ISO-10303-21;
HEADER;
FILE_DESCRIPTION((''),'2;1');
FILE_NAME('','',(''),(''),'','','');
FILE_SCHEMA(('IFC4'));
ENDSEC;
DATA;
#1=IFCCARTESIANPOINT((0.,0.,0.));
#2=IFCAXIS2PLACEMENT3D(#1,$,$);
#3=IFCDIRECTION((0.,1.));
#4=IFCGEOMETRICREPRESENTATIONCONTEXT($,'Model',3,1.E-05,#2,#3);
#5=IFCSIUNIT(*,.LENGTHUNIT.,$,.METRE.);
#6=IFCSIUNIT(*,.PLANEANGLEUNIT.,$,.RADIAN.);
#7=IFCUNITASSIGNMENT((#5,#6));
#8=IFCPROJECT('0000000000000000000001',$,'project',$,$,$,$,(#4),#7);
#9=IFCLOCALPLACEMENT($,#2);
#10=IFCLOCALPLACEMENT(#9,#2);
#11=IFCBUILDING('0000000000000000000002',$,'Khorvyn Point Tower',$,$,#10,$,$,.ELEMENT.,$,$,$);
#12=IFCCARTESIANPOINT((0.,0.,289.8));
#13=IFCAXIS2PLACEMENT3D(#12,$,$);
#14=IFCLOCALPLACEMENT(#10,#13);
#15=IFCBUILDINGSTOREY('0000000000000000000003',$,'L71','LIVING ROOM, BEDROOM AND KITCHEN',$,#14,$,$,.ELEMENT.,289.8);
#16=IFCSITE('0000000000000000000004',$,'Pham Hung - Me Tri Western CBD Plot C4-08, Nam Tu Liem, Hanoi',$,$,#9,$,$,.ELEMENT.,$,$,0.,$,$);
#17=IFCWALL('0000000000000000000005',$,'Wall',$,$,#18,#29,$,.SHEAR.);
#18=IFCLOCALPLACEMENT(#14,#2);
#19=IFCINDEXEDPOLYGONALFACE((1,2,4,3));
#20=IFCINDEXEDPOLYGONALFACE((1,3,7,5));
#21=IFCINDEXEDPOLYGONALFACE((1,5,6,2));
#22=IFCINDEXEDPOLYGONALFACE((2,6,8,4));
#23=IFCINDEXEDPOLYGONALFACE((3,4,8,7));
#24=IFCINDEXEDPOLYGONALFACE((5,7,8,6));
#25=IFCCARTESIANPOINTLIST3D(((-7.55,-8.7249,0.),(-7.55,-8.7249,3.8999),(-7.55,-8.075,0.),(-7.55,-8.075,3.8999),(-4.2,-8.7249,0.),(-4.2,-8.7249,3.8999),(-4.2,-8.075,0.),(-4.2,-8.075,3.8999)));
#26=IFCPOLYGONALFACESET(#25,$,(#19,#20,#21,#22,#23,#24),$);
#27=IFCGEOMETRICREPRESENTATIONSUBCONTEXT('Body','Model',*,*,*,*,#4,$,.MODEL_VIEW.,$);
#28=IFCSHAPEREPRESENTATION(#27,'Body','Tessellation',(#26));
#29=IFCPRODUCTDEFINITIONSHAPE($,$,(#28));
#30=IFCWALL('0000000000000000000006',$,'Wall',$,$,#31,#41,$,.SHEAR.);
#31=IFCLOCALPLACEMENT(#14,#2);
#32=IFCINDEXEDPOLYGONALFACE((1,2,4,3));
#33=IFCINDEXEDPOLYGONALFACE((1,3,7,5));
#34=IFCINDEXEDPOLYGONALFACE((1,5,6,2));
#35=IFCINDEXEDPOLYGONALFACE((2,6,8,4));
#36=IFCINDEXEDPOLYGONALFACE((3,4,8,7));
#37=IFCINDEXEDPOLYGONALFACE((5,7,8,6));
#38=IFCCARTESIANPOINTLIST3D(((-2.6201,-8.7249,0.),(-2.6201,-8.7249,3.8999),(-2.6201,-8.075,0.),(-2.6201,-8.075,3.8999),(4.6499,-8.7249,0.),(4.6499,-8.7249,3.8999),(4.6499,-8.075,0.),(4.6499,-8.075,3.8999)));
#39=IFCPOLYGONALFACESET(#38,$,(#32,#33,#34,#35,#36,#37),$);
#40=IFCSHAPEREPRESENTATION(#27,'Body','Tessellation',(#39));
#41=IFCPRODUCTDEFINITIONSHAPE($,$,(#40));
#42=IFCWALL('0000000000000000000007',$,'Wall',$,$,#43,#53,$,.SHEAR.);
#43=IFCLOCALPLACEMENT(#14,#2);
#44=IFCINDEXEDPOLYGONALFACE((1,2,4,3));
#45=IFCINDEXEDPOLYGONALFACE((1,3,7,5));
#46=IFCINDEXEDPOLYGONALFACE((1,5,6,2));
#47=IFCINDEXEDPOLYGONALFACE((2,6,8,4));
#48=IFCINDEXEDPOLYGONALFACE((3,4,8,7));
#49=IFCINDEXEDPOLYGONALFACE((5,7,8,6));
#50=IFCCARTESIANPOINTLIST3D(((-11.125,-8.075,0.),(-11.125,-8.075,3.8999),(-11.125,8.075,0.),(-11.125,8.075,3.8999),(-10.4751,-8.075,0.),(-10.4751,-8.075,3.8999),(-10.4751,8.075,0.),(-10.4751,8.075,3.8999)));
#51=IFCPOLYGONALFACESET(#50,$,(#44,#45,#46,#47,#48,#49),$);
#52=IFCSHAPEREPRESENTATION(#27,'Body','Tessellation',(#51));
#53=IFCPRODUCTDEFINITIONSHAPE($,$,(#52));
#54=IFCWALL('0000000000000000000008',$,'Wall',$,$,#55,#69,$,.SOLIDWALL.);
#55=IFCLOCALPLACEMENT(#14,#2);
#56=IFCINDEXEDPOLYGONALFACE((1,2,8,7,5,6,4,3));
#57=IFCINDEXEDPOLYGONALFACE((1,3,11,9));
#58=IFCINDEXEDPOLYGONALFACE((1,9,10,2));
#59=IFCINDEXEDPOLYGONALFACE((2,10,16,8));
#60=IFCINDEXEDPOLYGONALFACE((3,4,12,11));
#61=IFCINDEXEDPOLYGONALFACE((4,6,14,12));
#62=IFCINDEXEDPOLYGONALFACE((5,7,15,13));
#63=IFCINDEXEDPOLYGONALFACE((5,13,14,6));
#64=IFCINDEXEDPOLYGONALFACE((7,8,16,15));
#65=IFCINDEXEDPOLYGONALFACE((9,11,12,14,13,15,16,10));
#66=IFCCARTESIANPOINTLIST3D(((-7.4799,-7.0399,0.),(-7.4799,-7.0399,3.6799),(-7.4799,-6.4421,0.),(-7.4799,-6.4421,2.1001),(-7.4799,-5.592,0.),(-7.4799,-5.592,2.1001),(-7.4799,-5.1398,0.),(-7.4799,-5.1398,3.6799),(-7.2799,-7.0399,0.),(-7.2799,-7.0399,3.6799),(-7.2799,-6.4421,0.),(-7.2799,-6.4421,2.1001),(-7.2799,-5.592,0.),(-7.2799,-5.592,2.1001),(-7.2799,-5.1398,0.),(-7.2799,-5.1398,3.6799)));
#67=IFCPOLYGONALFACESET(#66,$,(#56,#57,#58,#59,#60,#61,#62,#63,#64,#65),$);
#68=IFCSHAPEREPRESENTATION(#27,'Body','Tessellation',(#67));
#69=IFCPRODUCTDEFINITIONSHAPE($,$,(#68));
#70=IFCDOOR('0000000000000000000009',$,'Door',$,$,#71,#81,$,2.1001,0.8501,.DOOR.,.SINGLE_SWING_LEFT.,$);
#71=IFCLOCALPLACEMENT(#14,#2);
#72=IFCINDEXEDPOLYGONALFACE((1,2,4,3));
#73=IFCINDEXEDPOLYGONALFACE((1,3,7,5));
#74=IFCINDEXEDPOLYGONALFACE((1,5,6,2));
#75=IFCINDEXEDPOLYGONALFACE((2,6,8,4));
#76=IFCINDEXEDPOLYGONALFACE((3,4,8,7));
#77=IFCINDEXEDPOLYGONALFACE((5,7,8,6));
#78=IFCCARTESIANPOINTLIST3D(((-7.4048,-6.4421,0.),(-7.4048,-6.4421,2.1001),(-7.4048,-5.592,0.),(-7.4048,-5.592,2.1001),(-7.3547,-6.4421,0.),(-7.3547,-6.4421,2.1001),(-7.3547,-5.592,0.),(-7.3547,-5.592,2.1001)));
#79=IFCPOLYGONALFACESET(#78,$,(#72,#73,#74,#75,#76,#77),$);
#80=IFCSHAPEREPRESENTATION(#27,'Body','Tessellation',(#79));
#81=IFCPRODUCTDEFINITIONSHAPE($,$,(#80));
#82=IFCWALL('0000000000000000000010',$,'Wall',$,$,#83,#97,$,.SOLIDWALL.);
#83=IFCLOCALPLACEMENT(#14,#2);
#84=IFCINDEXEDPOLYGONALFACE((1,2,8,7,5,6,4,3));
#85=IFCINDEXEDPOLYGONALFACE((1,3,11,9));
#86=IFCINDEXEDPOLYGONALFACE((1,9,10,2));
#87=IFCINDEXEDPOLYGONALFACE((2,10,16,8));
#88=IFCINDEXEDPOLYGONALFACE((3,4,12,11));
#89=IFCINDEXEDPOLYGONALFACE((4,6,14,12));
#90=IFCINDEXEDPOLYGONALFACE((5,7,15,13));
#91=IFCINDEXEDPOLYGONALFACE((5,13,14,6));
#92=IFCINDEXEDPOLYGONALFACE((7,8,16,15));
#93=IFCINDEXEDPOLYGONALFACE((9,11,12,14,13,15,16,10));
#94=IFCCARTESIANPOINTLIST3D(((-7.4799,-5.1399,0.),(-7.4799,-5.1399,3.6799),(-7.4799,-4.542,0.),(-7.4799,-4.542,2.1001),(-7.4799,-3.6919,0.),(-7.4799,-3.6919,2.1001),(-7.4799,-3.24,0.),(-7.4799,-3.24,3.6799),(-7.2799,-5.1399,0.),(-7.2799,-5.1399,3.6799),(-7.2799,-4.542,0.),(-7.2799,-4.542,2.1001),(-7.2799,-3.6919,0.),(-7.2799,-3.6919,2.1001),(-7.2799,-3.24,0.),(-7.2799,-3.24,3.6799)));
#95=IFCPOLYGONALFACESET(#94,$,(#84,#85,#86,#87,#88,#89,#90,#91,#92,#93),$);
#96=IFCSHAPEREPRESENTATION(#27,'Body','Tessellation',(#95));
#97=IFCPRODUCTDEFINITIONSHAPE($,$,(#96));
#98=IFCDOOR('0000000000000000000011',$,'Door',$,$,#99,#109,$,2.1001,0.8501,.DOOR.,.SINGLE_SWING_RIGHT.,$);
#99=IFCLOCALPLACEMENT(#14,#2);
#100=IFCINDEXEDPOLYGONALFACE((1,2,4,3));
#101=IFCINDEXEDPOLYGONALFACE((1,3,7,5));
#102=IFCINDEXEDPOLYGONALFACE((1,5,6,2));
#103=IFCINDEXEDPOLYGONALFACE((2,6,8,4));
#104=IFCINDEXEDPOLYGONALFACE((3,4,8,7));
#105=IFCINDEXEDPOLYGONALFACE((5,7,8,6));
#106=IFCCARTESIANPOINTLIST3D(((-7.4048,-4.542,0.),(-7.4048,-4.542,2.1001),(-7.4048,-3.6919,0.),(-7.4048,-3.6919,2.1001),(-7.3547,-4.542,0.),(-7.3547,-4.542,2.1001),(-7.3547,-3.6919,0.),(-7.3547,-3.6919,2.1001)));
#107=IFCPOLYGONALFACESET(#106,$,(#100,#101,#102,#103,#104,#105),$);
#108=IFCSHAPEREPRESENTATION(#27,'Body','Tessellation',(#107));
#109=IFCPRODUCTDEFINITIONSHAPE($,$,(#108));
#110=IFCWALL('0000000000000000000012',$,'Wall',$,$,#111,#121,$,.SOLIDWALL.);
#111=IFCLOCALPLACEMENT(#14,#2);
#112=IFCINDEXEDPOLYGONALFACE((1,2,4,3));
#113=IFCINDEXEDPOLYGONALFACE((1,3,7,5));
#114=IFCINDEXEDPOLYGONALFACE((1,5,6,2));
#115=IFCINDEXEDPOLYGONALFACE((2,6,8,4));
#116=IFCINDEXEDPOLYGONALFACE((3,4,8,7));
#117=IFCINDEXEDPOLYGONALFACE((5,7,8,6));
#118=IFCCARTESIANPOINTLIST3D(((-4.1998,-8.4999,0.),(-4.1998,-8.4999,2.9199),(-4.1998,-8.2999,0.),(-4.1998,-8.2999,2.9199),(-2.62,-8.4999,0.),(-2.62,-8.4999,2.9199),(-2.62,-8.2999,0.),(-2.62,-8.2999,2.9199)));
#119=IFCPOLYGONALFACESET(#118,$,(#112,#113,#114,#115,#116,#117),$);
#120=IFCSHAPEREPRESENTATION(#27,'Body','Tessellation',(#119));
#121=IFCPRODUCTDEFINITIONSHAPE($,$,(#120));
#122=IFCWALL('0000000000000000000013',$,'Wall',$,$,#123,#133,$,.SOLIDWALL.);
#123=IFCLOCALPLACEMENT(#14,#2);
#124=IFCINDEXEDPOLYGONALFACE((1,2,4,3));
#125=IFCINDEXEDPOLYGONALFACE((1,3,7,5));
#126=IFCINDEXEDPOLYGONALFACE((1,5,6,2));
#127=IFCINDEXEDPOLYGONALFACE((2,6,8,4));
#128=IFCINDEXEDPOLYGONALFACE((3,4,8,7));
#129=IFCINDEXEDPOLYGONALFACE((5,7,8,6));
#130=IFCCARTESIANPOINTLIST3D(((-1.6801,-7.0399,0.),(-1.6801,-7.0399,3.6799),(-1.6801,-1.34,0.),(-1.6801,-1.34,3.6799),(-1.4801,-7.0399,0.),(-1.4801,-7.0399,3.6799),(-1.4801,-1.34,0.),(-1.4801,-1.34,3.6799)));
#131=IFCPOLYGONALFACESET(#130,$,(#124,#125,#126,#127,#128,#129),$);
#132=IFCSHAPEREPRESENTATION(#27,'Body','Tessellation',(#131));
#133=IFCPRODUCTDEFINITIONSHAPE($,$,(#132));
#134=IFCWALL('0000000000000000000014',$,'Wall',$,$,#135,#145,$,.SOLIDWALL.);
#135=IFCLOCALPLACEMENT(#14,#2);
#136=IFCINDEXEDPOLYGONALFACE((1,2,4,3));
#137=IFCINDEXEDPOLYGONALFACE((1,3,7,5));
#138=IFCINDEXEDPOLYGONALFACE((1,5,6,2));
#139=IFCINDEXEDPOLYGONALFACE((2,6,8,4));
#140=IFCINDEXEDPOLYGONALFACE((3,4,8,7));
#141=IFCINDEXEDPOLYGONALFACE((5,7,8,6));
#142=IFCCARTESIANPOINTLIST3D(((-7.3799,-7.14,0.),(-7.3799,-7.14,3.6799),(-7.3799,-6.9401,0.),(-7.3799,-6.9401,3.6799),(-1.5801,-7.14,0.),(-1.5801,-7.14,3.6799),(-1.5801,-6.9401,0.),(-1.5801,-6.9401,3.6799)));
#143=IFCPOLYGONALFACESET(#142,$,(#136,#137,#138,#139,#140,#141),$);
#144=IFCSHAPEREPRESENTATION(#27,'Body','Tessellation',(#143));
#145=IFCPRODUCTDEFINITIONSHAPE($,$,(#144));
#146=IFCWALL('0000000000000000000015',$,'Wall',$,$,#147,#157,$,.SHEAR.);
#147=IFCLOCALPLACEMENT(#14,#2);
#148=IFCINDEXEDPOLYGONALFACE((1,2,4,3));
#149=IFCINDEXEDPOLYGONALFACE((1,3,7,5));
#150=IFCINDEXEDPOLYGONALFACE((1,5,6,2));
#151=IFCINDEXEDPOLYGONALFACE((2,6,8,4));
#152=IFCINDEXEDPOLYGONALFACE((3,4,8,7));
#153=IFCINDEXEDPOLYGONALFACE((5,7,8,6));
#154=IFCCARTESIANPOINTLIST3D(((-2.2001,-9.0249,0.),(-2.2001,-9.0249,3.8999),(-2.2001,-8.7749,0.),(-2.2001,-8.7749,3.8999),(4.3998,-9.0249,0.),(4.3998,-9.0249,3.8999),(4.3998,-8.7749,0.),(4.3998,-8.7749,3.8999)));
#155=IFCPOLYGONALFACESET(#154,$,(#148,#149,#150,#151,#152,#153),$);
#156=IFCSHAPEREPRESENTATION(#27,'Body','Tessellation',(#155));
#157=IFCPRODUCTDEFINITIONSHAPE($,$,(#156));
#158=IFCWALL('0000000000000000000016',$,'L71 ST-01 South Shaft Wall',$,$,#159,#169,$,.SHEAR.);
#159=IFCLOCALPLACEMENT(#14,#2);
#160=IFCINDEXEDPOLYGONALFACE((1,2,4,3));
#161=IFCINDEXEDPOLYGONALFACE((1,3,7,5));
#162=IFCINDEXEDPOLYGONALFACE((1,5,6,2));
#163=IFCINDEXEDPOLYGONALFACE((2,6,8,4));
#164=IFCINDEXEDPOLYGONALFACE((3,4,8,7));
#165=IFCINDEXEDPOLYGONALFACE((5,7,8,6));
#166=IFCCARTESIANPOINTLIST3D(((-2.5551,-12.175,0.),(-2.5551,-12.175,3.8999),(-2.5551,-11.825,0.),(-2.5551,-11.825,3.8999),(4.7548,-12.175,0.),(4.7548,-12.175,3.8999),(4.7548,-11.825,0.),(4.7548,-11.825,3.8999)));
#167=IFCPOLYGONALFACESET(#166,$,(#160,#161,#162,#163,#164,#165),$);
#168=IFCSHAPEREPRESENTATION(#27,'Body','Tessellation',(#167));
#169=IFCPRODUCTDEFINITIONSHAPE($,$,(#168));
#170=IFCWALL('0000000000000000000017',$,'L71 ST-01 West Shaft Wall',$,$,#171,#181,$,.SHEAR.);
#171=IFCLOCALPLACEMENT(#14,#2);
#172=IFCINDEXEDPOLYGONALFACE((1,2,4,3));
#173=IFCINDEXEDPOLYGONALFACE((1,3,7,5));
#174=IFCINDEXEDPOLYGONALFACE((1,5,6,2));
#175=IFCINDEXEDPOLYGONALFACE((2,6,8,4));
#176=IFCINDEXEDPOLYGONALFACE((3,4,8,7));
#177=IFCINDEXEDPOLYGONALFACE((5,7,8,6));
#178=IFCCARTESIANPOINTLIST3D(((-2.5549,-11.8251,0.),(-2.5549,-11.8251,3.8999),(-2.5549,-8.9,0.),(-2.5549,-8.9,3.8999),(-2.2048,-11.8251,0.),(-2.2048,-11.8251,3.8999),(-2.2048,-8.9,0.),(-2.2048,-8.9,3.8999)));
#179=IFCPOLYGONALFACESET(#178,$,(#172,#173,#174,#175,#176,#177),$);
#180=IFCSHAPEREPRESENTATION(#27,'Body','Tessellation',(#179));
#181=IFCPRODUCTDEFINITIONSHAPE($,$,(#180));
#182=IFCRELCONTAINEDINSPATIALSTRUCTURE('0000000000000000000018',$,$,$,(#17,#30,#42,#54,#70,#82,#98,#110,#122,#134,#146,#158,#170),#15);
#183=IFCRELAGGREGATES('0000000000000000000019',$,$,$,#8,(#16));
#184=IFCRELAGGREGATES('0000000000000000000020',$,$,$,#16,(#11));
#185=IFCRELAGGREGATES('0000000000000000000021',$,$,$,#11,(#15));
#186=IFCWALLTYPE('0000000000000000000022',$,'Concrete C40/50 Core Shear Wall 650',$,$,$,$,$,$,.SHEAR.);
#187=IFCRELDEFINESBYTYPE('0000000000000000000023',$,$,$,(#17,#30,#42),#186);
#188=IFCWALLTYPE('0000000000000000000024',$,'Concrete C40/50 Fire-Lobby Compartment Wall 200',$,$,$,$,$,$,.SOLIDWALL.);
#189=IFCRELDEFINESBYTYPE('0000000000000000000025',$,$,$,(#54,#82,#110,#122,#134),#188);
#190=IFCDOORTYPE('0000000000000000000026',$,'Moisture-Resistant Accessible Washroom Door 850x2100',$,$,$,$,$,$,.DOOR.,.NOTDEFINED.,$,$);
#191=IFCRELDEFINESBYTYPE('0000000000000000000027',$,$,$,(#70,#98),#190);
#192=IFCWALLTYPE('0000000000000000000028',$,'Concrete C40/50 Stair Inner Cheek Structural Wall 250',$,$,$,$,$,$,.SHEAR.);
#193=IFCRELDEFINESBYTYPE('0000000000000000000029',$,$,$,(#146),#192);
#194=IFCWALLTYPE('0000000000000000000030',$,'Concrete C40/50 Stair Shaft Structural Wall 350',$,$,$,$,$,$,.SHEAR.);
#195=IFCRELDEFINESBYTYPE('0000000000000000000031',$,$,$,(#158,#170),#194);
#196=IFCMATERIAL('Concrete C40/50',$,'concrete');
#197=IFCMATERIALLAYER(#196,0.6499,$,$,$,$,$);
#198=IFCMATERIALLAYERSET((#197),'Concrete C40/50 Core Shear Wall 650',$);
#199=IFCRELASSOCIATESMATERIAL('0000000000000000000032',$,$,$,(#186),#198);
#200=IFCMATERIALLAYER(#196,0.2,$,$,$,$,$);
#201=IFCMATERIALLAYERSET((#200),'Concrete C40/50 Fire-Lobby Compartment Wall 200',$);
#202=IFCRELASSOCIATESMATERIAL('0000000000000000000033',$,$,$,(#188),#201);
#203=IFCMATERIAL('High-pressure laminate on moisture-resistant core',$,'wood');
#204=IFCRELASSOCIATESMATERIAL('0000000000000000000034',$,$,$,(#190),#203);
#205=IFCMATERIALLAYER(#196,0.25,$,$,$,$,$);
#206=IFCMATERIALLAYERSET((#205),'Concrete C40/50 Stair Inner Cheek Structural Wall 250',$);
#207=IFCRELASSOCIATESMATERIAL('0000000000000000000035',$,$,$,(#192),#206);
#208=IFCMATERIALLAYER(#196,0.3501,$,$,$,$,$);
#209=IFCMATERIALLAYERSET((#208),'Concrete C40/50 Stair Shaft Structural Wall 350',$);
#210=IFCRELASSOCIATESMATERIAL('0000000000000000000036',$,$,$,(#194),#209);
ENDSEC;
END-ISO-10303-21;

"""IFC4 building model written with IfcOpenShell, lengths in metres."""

from ifc_helpers import new_model, si_unit, direction, frame, frame_2d, origin, place, context, subcontext, project, spatial, rectangle, extrude, material, layer, layer_set, type_object, element, fill, save


model = new_model("IFC4")

# Units and contexts
model_context = context("Model", 3, precision=1e-05, world=origin(), true_north=direction((0.0, 1.0)))
body_context = subcontext(model_context, "Body", "Model", "MODEL_VIEW")
ifc_project = project(units=[si_unit("LENGTHUNIT", "METRE"), si_unit("PLANEANGLEUNIT", "RADIAN")], contexts=[model_context])

# Site, building, storey
site_placement = place(None, origin())
site = spatial("IfcSite", under=ifc_project, at=site_placement, Name="Pham Hung - Me Tri Western CBD Plot C4-08, Nam Tu Liem, Hanoi", CompositionType="ELEMENT", RefElevation=0.0)
building_placement = place(site_placement, origin())
building = spatial("IfcBuilding", under=site, at=building_placement, Name="Khorvyn Point Tower", CompositionType="ELEMENT")
storey_placement = place(building_placement, frame((0.0, 0.0, 289.8)))
storey = spatial("IfcBuildingStorey", under=building, at=storey_placement, Name="L71", Description="LIVING ROOM, BEDROOM AND KITCHEN", CompositionType="ELEMENT", Elevation=289.8)

# Shared definitions
ifc_material_1 = material(Name="Concrete C40/50", Category="concrete")

# Walls
ifc_layer_1 = layer(ifc_material_1, 0.6499)
ifc_layer_set_1 = layer_set([ifc_layer_1], Name="Concrete C40/50 Core Shear Wall 650")
wall_type_1 = type_object("IfcWallType", Name="Concrete C40/50 Core Shear Wall 650", PredefinedType="SHEAR", material=ifc_layer_set_1)
wall_1_placement = place(storey_placement, frame((-7.55, -8.3999, 0.0), z_axis=(0.0, 0.0, 1.0), x_axis=(1.0, 0.0, 0.0)))
element("IfcWall", 1, at=wall_1_placement, inside=storey, type_object=wall_type_1, Name="Wall", PredefinedType="SHEAR", context=body_context, shape_type="SweptSolid", body=[
    extrude(rectangle(XDim=3.3501, YDim=0.6499, at=frame_2d((1.675, 0.0))), origin(), (0.0, 0.0, 1.0), 3.8999),
])
wall_2_placement = place(storey_placement, frame((-2.6201, -8.3999, 0.0), z_axis=(0.0, 0.0, 1.0), x_axis=(1.0, 0.0, 0.0)))
element("IfcWall", 2, at=wall_2_placement, inside=storey, type_object=wall_type_1, Name="Wall", PredefinedType="SHEAR", context=body_context, shape_type="SweptSolid", body=[
    extrude(rectangle(XDim=7.27, YDim=0.6499, at=frame_2d((3.635, 0.0))), origin(), (0.0, 0.0, 1.0), 3.8999),
])
wall_3_placement = place(storey_placement, frame((-10.8, -8.075, 0.0), z_axis=(0.0, 0.0, 1.0), x_axis=(0.0, 1.0, 0.0)))
element("IfcWall", 3, at=wall_3_placement, inside=storey, type_object=wall_type_1, Name="Wall", PredefinedType="SHEAR", context=body_context, shape_type="SweptSolid", body=[
    extrude(rectangle(XDim=16.1499, YDim=0.6499, at=frame_2d((8.075, 0.0))), origin(), (0.0, 0.0, 1.0), 3.8999),
])

# Walls, openings, doors
ifc_layer_2 = layer(ifc_material_1, 0.2)
ifc_layer_set_2 = layer_set([ifc_layer_2], Name="Concrete C40/50 Fire-Lobby Compartment Wall 200")
wall_type_2 = type_object("IfcWallType", Name="Concrete C40/50 Fire-Lobby Compartment Wall 200", PredefinedType="SOLIDWALL", material=ifc_layer_set_2)
wall_4_placement = place(storey_placement, frame((-7.3799, -7.04, 0.0), z_axis=(0.0, 0.0, 1.0), x_axis=(0.0, 1.0, 0.0)))
wall_4 = element("IfcWall", 4, at=wall_4_placement, inside=storey, type_object=wall_type_2, Name="Wall", PredefinedType="SOLIDWALL", context=body_context, shape_type="SweptSolid", body=[
    extrude(rectangle(XDim=1.9001, YDim=0.2, at=frame_2d((0.9502, 0.0))), origin(), (0.0, 0.0, 1.0), 3.6799),
])
opening_1_placement = place(wall_4_placement, frame((0.5979, 0.0, 0.0)))
opening_1 = element("IfcOpeningElement", 5, at=opening_1_placement, cuts=wall_4, PredefinedType="OPENING", context=body_context, shape_type="SweptSolid", body=[
    extrude(rectangle(XDim=0.8501, YDim=2.1001, at=frame_2d((0.425, 1.05))), frame((0.0, 0.1099, 0.0), z_axis=(0.0, -1.0, 0.0), x_axis=(1.0, 0.0, 0.0)), (0.0, 0.0, 1.0), 0.22),
])
ifc_material_2 = material(Name="High-pressure laminate on moisture-resistant core", Category="wood")
door_type_1 = type_object("IfcDoorType", Name="Moisture-Resistant Accessible Washroom Door 850x2100", OperationType="NOTDEFINED", PredefinedType="DOOR", material=ifc_material_2)
door_1_placement = place(opening_1_placement, origin())
door_1 = element("IfcDoor", 6, at=door_1_placement, inside=storey, type_object=door_type_1, Name="Door", OperationType="SINGLE_SWING_LEFT", OverallHeight=2.1001, OverallWidth=0.8501, PredefinedType="DOOR", context=body_context, shape_type="SweptSolid", body=[
    extrude(rectangle(XDim=0.8501, YDim=2.1001, at=frame_2d((0.425, 1.05))), frame((0.0, 0.0249, 0.0), z_axis=(0.0, -1.0, 0.0), x_axis=(1.0, 0.0, 0.0)), (0.0, 0.0, 1.0), 0.05),
])
fill(opening_1, door_1)
wall_5_placement = place(storey_placement, frame((-7.3799, -5.1399, 0.0), z_axis=(0.0, 0.0, 1.0), x_axis=(0.0, 1.0, 0.0)))
wall_5 = element("IfcWall", 7, at=wall_5_placement, inside=storey, type_object=wall_type_2, Name="Wall", PredefinedType="SOLIDWALL", context=body_context, shape_type="SweptSolid", body=[
    extrude(rectangle(XDim=1.8999, YDim=0.2, at=frame_2d((0.95, 0.0))), origin(), (0.0, 0.0, 1.0), 3.6799),
])
opening_2_placement = place(wall_5_placement, frame((0.5979, 0.0, 0.0)))
opening_2 = element("IfcOpeningElement", 8, at=opening_2_placement, cuts=wall_5, PredefinedType="OPENING", context=body_context, shape_type="SweptSolid", body=[
    extrude(rectangle(XDim=0.8501, YDim=2.1001, at=frame_2d((0.425, 1.05))), frame((0.0, 0.1099, 0.0), z_axis=(0.0, -1.0, 0.0), x_axis=(1.0, 0.0, 0.0)), (0.0, 0.0, 1.0), 0.22),
])
door_2_placement = place(opening_2_placement, origin())
door_2 = element("IfcDoor", 9, at=door_2_placement, inside=storey, type_object=door_type_1, Name="Door", OperationType="SINGLE_SWING_RIGHT", OverallHeight=2.1001, OverallWidth=0.8501, PredefinedType="DOOR", context=body_context, shape_type="SweptSolid", body=[
    extrude(rectangle(XDim=0.8501, YDim=2.1001, at=frame_2d((0.425, 1.05))), frame((0.0, 0.0249, 0.0), z_axis=(0.0, -1.0, 0.0), x_axis=(1.0, 0.0, 0.0)), (0.0, 0.0, 1.0), 0.05),
])
fill(opening_2, door_2)

# Walls
wall_6_placement = place(storey_placement, frame((-4.2, -8.3999, 0.0), z_axis=(0.0, 0.0, 1.0), x_axis=(1.0, 0.0, 0.0)))
element("IfcWall", 10, at=wall_6_placement, inside=storey, type_object=wall_type_2, Name="Wall", PredefinedType="SOLIDWALL", context=body_context, shape_type="SweptSolid", body=[
    extrude(rectangle(XDim=1.5798, YDim=0.2, at=frame_2d((0.79, 0.0))), origin(), (0.0, 0.0, 1.0), 2.9199),
])
wall_7_placement = place(storey_placement, frame((-1.5801, -7.04, 0.0), z_axis=(0.0, 0.0, 1.0), x_axis=(0.0, 1.0, 0.0)))
element("IfcWall", 11, at=wall_7_placement, inside=storey, type_object=wall_type_2, Name="Wall", PredefinedType="SOLIDWALL", context=body_context, shape_type="SweptSolid", body=[
    extrude(rectangle(XDim=5.7, YDim=0.2, at=frame_2d((2.8501, 0.0))), origin(), (0.0, 0.0, 1.0), 3.6799),
])
wall_8_placement = place(storey_placement, frame((-7.3799, -7.04, 0.0), z_axis=(0.0, 0.0, 1.0), x_axis=(1.0, 0.0, 0.0)))
element("IfcWall", 12, at=wall_8_placement, inside=storey, type_object=wall_type_2, Name="Wall", PredefinedType="SOLIDWALL", context=body_context, shape_type="SweptSolid", body=[
    extrude(rectangle(XDim=5.7998, YDim=0.2, at=frame_2d((2.8999, 0.0))), origin(), (0.0, 0.0, 1.0), 3.6799),
])
ifc_layer_3 = layer(ifc_material_1, 0.25)
ifc_layer_set_3 = layer_set([ifc_layer_3], Name="Concrete C40/50 Stair Inner Cheek Structural Wall 250")
wall_type_3 = type_object("IfcWallType", Name="Concrete C40/50 Stair Inner Cheek Structural Wall 250", PredefinedType="SHEAR", material=ifc_layer_set_3)
wall_9_placement = place(storey_placement, frame((-2.2, -8.8999, 0.0), z_axis=(0.0, 0.0, 1.0), x_axis=(1.0, 0.0, 0.0)))
element("IfcWall", 13, at=wall_9_placement, inside=storey, type_object=wall_type_3, Name="Wall", PredefinedType="SHEAR", context=body_context, shape_type="SweptSolid", body=[
    extrude(rectangle(XDim=6.5999, YDim=0.25, at=frame_2d((3.2998, 0.0))), origin(), (0.0, 0.0, 1.0), 3.8999),
])
ifc_layer_4 = layer(ifc_material_1, 0.3501)
ifc_layer_set_4 = layer_set([ifc_layer_4], Name="Concrete C40/50 Stair Shaft Structural Wall 350")
wall_type_4 = type_object("IfcWallType", Name="Concrete C40/50 Stair Shaft Structural Wall 350", PredefinedType="SHEAR", material=ifc_layer_set_4)
wall_10_placement = place(storey_placement, frame((-2.5549, -12.0, 0.0), z_axis=(0.0, 0.0, 1.0), x_axis=(1.0, 0.0, 0.0)))
element("IfcWall", 14, at=wall_10_placement, inside=storey, type_object=wall_type_4, Name="L71 ST-01 South Shaft Wall", PredefinedType="SHEAR", context=body_context, shape_type="SweptSolid", body=[
    extrude(rectangle(XDim=7.3098, YDim=0.3501, at=frame_2d((3.6548, 0.0))), origin(), (0.0, 0.0, 1.0), 3.8999),
])
wall_11_placement = place(storey_placement, frame((-2.3799, -11.825, 0.0), z_axis=(0.0, 0.0, 1.0), x_axis=(0.0, 1.0, 0.0)))
element("IfcWall", 15, at=wall_11_placement, inside=storey, type_object=wall_type_4, Name="L71 ST-01 West Shaft Wall", PredefinedType="SHEAR", context=body_context, shape_type="SweptSolid", body=[
    extrude(rectangle(XDim=2.925, YDim=0.3501, at=frame_2d((1.4624, 0.0))), origin(), (0.0, 0.0, 1.0), 3.8999),
])

save(model, "model.ifc")
